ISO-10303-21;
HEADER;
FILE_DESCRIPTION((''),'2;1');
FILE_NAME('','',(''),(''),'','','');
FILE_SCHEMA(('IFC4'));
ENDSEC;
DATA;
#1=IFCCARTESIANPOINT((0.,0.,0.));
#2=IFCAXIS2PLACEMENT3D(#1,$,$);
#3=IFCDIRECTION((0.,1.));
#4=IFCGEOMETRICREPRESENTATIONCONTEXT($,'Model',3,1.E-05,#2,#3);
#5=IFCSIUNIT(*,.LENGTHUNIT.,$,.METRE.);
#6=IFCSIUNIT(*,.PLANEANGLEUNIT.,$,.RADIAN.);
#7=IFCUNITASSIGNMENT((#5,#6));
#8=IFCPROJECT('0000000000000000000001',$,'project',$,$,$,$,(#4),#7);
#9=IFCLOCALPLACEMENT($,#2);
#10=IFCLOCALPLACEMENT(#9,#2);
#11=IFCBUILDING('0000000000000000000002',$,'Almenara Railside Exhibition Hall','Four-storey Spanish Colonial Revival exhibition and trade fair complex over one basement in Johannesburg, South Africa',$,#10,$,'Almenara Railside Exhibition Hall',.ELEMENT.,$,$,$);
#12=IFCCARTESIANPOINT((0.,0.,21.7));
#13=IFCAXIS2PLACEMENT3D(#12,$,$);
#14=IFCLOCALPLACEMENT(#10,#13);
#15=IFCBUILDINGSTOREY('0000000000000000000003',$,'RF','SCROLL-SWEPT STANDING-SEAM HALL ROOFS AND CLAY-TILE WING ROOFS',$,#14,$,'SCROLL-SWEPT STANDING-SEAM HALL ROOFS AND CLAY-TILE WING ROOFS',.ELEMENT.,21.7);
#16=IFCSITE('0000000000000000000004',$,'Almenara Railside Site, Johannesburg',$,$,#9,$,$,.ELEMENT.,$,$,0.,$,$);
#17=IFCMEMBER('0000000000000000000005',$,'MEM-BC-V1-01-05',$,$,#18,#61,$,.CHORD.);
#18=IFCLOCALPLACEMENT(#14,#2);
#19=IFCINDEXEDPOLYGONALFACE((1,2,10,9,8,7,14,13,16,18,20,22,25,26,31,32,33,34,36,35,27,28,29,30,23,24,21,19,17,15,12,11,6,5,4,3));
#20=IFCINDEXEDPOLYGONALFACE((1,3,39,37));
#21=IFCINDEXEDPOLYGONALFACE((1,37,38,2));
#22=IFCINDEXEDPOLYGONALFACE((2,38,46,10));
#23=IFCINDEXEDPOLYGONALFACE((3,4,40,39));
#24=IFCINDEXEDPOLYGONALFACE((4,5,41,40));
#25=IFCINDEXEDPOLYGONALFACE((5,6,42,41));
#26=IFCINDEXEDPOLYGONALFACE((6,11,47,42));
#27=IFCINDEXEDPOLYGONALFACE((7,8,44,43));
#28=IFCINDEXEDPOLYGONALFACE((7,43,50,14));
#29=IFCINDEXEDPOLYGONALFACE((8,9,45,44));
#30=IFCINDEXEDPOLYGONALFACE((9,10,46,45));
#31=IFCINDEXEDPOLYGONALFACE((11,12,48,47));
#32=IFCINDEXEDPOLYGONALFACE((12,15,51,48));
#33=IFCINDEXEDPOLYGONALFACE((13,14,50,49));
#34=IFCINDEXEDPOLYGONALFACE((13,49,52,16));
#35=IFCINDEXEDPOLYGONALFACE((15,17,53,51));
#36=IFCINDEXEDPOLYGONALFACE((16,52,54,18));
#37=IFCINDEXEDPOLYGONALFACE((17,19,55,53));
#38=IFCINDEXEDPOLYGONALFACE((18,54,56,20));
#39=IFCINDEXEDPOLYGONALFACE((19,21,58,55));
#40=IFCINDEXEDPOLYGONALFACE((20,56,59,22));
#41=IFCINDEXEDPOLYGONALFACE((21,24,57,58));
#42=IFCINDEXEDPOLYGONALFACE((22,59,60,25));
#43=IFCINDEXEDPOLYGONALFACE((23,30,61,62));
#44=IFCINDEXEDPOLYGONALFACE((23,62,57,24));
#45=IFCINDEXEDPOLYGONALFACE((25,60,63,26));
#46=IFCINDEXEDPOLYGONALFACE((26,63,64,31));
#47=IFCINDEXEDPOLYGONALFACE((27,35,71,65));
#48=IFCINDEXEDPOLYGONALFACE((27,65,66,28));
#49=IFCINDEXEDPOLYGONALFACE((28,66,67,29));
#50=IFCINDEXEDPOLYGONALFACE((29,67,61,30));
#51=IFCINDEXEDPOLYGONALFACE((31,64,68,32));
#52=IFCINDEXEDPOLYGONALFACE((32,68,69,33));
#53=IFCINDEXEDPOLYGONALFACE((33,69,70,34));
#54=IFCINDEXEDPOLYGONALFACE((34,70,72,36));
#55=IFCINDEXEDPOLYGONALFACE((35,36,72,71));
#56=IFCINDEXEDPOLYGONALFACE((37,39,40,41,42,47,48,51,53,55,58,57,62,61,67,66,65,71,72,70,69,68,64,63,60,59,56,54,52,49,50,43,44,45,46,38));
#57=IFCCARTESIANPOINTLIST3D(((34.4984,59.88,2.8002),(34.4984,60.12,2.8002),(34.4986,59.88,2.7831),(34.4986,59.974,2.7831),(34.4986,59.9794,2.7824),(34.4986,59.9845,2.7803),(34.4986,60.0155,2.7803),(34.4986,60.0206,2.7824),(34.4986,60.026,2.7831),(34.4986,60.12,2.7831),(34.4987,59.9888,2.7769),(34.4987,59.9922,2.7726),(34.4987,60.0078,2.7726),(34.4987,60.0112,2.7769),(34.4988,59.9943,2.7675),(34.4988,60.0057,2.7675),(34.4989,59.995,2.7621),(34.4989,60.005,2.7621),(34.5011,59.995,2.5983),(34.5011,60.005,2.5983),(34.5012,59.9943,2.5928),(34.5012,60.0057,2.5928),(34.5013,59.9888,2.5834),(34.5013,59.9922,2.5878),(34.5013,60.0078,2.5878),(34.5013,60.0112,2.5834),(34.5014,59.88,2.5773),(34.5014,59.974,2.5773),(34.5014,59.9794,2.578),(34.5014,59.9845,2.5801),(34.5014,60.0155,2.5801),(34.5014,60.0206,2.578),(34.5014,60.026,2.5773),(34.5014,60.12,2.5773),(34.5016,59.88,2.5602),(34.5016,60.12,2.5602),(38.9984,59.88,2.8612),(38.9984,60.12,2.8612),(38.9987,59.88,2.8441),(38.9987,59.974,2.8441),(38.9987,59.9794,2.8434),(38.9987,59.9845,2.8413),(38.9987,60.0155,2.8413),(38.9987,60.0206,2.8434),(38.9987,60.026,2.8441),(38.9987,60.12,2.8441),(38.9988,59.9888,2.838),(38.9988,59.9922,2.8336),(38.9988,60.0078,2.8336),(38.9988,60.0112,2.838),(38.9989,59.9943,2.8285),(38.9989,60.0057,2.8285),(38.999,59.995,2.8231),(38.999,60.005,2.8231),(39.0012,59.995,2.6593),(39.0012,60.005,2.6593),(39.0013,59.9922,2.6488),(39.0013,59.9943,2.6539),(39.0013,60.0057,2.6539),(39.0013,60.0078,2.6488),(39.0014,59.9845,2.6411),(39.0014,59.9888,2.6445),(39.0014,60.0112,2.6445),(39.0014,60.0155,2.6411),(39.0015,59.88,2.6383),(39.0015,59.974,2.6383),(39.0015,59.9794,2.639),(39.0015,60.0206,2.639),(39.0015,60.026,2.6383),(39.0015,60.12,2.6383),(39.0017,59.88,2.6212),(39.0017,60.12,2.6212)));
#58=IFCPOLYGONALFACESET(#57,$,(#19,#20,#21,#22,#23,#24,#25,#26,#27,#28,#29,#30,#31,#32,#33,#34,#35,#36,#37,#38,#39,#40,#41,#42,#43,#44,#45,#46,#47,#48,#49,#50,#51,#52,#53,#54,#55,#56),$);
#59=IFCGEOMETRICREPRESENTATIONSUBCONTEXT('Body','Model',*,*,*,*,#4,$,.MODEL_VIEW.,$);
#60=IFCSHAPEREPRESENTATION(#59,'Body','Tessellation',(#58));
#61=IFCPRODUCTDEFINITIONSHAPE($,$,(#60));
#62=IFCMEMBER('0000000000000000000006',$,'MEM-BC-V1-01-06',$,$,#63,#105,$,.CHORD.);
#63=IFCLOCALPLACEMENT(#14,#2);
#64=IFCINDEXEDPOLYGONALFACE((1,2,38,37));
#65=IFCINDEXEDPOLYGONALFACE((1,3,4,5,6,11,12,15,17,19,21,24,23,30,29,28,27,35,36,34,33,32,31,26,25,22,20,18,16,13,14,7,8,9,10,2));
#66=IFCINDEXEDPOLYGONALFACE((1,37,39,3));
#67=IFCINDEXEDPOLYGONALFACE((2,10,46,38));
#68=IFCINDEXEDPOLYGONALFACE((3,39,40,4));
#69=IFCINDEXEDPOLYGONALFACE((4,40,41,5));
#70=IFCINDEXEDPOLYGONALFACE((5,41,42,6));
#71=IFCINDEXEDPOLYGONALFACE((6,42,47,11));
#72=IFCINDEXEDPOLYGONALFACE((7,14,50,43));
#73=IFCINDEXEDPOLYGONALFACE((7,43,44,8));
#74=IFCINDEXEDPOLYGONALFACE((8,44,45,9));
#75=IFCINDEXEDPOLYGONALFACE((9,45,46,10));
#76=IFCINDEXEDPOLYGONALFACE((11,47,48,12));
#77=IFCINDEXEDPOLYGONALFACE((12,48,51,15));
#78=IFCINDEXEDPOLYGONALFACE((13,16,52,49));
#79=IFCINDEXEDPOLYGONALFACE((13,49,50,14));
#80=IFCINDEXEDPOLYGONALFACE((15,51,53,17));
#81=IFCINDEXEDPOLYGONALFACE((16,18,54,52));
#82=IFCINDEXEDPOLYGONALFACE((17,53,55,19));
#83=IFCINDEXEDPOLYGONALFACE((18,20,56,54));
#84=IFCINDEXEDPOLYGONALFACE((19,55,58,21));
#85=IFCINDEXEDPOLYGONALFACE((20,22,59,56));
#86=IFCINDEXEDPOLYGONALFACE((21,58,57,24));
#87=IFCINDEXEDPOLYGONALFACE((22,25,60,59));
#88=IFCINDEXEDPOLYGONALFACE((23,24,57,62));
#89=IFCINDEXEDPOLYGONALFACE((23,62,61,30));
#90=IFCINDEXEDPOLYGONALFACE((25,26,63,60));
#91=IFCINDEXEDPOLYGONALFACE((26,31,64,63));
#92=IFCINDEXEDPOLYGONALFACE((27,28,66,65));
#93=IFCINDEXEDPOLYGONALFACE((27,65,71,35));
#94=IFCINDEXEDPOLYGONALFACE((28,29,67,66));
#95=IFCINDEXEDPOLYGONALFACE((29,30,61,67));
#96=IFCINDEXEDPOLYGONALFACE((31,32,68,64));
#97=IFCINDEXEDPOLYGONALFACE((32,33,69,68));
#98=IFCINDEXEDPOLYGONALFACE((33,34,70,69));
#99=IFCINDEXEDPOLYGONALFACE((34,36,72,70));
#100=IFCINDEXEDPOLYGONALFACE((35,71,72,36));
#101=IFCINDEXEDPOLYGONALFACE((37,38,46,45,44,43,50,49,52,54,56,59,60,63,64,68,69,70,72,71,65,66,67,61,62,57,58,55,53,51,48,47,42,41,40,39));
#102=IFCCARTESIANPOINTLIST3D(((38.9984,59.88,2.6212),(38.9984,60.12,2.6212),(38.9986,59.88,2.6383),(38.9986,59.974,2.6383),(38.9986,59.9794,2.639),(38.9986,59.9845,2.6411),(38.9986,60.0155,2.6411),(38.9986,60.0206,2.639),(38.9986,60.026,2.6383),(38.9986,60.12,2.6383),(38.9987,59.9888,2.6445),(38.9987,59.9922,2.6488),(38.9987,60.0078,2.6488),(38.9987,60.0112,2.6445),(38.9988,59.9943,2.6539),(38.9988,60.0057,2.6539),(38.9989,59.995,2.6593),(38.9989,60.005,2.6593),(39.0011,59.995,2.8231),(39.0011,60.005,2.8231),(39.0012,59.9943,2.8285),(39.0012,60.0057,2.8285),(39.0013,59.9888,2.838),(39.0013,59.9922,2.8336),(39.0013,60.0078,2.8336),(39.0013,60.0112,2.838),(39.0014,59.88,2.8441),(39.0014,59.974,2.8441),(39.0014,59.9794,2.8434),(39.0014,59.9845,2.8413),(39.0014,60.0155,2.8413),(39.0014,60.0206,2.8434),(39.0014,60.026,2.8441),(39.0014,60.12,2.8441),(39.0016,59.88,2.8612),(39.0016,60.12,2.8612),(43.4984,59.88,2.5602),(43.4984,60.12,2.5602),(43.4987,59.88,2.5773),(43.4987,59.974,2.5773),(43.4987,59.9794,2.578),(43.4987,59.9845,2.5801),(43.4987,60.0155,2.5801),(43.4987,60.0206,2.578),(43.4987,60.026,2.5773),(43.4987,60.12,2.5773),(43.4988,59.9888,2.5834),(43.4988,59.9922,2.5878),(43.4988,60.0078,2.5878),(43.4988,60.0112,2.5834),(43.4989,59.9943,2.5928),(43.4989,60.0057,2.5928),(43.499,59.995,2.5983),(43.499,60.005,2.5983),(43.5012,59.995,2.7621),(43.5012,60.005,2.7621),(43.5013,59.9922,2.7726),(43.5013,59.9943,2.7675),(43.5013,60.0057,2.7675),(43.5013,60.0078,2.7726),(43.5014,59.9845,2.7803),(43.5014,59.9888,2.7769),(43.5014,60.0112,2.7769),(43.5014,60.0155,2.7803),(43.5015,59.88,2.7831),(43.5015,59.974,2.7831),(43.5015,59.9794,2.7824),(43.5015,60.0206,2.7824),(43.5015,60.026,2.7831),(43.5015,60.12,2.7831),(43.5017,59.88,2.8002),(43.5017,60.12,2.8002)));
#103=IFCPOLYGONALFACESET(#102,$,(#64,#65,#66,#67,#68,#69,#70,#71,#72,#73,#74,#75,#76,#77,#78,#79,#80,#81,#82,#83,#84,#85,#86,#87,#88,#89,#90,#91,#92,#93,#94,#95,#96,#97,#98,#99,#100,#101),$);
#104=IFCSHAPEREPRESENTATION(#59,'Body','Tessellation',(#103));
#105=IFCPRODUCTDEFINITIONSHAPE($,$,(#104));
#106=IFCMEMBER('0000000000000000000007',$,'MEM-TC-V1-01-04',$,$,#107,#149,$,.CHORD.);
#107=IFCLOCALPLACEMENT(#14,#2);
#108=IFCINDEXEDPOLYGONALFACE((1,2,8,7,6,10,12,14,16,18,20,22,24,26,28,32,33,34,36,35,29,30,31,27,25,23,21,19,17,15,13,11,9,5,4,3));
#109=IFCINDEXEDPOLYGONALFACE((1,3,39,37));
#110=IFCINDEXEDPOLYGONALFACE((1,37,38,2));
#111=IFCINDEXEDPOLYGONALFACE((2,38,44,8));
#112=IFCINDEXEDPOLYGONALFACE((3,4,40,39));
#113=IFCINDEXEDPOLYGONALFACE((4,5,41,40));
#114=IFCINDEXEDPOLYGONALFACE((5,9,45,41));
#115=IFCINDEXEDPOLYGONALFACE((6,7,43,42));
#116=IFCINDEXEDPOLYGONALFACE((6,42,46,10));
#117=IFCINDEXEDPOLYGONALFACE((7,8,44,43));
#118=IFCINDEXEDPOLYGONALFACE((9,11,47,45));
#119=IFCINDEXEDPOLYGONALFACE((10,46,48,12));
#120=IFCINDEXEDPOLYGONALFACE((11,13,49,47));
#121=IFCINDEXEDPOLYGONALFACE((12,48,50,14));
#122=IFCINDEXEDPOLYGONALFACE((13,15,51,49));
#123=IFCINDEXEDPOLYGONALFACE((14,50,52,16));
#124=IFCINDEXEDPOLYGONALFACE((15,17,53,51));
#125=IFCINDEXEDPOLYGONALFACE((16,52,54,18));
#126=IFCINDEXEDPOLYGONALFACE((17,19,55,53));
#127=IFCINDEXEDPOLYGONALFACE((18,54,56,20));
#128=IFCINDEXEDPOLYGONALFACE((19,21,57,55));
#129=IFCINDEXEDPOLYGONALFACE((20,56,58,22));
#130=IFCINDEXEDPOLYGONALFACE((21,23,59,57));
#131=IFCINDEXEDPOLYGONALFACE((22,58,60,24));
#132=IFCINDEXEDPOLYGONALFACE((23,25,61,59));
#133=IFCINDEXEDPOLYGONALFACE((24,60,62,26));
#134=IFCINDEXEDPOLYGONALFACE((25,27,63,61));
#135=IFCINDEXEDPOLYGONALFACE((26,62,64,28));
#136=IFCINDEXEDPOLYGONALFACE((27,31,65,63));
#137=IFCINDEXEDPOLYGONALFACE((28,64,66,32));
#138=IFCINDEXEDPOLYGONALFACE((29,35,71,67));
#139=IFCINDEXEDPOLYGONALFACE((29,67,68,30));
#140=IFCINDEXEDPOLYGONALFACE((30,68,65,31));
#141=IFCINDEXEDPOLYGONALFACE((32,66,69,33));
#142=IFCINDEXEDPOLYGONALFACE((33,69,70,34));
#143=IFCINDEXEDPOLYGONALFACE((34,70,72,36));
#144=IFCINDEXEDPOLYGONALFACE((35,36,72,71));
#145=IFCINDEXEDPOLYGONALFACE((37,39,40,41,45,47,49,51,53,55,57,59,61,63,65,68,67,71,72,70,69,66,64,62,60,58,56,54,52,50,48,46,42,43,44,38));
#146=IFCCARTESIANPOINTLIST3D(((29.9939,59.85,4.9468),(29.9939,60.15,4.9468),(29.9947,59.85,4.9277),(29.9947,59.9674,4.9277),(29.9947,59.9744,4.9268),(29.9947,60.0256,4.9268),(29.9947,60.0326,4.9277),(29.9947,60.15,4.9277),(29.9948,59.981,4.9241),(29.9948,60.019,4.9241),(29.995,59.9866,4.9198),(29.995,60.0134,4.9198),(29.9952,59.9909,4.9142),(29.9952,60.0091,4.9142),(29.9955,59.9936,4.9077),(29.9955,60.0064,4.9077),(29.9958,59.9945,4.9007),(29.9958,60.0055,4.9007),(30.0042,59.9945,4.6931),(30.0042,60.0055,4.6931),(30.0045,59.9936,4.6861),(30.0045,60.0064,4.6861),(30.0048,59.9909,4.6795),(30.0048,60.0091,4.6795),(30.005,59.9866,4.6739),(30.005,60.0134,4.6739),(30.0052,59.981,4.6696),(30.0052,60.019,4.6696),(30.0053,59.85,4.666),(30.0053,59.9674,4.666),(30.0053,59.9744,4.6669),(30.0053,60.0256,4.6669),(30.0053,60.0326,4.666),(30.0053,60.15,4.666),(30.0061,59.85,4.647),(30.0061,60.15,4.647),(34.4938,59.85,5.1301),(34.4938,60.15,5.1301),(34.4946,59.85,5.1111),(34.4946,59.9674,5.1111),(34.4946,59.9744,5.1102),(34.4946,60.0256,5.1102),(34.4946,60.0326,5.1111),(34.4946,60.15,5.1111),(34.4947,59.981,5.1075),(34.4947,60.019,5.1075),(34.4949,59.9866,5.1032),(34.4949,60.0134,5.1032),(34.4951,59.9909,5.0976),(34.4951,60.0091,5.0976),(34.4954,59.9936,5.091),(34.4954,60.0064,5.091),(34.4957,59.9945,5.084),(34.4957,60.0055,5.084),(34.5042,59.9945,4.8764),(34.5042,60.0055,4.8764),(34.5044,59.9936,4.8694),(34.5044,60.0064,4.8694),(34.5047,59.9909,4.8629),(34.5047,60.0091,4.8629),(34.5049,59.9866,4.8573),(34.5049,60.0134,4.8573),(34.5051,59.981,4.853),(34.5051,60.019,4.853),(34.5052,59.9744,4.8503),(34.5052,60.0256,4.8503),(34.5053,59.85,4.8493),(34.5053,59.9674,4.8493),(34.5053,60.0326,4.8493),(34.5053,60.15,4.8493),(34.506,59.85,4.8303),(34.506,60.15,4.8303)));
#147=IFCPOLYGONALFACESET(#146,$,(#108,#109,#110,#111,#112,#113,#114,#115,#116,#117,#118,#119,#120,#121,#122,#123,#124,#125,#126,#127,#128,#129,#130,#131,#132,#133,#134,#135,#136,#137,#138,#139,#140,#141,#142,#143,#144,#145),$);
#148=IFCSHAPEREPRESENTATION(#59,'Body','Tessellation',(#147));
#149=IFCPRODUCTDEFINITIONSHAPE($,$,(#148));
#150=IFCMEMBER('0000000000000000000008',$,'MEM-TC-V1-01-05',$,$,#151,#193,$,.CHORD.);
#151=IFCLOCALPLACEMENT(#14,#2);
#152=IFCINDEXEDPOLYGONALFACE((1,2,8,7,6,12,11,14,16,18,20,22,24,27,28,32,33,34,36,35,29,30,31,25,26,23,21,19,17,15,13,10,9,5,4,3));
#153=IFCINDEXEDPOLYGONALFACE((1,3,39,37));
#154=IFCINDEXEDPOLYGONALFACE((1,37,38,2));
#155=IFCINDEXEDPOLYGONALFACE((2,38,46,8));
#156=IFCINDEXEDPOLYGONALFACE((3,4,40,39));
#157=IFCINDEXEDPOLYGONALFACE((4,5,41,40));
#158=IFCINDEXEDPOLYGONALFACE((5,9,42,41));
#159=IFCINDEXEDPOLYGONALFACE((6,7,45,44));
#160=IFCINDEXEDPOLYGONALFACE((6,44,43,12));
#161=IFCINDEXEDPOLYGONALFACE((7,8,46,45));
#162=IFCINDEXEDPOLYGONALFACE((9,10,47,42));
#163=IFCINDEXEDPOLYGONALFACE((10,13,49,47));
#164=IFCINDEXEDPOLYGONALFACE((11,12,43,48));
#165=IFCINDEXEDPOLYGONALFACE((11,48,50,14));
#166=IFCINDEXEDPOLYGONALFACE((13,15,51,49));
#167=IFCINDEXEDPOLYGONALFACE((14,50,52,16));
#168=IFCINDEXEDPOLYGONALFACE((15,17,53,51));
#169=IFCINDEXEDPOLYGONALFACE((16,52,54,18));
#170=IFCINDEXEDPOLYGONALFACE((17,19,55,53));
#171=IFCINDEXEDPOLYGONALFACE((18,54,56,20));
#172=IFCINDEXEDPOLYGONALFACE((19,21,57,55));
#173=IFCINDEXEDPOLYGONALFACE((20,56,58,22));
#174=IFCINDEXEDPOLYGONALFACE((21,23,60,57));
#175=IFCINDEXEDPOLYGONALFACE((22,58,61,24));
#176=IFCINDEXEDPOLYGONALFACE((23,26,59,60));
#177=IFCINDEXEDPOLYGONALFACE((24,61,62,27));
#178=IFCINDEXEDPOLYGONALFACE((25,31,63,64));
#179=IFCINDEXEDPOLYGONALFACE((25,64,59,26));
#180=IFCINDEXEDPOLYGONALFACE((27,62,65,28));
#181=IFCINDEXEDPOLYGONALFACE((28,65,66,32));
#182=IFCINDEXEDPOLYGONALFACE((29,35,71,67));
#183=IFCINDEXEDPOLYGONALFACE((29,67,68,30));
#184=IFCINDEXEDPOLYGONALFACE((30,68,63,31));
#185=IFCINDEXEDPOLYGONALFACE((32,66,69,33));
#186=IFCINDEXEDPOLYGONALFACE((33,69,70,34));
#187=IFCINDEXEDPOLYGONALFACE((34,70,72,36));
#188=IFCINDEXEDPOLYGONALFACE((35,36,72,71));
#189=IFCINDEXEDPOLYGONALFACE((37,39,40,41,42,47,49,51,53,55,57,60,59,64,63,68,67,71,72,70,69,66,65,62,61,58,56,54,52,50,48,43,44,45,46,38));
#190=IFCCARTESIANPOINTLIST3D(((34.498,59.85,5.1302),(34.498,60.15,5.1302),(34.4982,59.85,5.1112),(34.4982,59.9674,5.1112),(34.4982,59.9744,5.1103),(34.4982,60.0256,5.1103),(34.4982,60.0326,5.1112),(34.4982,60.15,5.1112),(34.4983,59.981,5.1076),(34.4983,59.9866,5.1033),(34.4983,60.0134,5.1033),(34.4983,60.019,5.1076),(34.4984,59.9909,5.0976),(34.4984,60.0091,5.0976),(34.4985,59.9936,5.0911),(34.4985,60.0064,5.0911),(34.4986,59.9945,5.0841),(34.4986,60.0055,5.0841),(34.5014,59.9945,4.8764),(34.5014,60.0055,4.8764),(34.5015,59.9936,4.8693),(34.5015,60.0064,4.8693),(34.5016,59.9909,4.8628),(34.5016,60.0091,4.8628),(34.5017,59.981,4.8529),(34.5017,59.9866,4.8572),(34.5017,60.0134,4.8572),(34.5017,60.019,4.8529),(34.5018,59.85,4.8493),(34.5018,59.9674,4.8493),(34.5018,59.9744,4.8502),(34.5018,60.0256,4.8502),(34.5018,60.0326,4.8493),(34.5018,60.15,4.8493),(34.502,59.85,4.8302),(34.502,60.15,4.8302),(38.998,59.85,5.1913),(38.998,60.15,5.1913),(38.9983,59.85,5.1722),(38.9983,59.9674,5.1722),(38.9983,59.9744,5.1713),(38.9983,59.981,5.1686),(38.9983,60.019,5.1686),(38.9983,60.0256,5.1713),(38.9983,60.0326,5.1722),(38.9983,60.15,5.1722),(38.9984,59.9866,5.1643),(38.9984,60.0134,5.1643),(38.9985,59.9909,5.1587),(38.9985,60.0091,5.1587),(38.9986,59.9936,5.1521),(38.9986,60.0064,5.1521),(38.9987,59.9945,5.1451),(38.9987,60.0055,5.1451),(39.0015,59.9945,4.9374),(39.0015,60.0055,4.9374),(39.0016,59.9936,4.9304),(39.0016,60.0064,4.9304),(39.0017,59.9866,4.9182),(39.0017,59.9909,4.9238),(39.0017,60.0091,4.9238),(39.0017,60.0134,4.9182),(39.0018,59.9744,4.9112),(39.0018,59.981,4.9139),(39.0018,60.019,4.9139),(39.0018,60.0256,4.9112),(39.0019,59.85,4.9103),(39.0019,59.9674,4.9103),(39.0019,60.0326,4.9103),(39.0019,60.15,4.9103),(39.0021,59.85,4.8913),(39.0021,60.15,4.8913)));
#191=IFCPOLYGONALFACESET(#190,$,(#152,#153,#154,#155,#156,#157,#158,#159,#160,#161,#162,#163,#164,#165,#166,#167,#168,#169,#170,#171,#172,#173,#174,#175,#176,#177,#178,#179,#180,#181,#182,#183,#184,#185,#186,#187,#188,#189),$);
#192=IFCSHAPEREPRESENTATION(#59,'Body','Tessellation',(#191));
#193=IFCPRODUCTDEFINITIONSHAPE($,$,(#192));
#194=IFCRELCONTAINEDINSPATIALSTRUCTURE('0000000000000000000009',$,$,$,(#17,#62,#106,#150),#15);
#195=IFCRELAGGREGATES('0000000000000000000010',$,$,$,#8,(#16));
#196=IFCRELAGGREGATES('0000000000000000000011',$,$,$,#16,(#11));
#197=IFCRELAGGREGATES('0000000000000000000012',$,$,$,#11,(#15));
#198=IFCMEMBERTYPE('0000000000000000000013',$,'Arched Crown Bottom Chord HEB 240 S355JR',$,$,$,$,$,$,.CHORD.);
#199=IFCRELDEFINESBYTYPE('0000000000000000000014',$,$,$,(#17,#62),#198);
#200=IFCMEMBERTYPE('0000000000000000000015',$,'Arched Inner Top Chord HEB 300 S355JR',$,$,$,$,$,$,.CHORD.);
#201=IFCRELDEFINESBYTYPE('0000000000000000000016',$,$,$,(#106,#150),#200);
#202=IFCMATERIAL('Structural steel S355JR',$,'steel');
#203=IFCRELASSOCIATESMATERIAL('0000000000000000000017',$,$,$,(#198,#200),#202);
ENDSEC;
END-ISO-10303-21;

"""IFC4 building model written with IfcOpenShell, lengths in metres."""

from ifc_helpers import new_model, si_unit, direction, frame, origin, origin_2d, place, context, subcontext, project, spatial, i_section, extrude, material, material_profile, profile_set, type_object, element, save


model = new_model("IFC4")

# Units and contexts
model_context = context("Model", 3, precision=1e-05, world=origin(), true_north=direction((0.0, 1.0)))
body_context = subcontext(model_context, "Body", "Model", "MODEL_VIEW")
ifc_project = project(units=[si_unit("LENGTHUNIT", "METRE"), si_unit("PLANEANGLEUNIT", "RADIAN")], contexts=[model_context])

# Site, building, storey
site_placement = place(None, origin())
site = spatial("IfcSite", under=ifc_project, at=site_placement, Name="Almenara Railside Site, Johannesburg", CompositionType="ELEMENT", RefElevation=0.0)
building_placement = place(site_placement, origin())
building = spatial("IfcBuilding", under=site, at=building_placement, Name="Almenara Railside Exhibition Hall", Description="Four-storey Spanish Colonial Revival exhibition and trade fair complex over one basement in Johannesburg, South Africa", LongName="Almenara Railside Exhibition Hall", CompositionType="ELEMENT")
storey_placement = place(building_placement, frame((0.0, 0.0, 21.7)))
storey = spatial("IfcBuildingStorey", under=building, at=storey_placement, Name="RF", Description="SCROLL-SWEPT STANDING-SEAM HALL ROOFS AND CLAY-TILE WING ROOFS", LongName="SCROLL-SWEPT STANDING-SEAM HALL ROOFS AND CLAY-TILE WING ROOFS", CompositionType="ELEMENT", Elevation=21.7)

# Members
ifc_material_1 = material(Name="Structural steel S355JR", Category="steel")
ifc_material_profile_1 = material_profile(ifc_material_1, i_section(OverallWidth=0.24, OverallDepth=0.24, WebThickness=0.01, FlangeThickness=0.0171, FilletRadius=0.021, at=origin_2d()), Name="HEB 240")
ifc_profile_set_1 = profile_set([ifc_material_profile_1], Name="Structural steel S355JR")
member_type_1 = type_object("IfcMemberType", Name="Arched Crown Bottom Chord HEB 240 S355JR", PredefinedType="CHORD", material=ifc_profile_set_1)
for number, where, z_axis, x_axis, name in (
    (1, (34.5, 60.0, 2.6802), (0.999908, 0.0, 0.013562), (0.0, 1.0, 0.0), "MEM-BC-V1-01-05"),
    (2, (39.0, 60.0, 2.7412), (0.999908, 0.0, -0.013562), (0.0, 1.0, 0.0), "MEM-BC-V1-01-06"),
):
    element("IfcMember", number, at=place(storey_placement, frame(where, z_axis=z_axis, x_axis=x_axis)), inside=storey, type_object=member_type_1, Name=name, PredefinedType="CHORD", context=body_context, shape_type="SweptSolid", body=[
        extrude(i_section(OverallWidth=0.24, OverallDepth=0.24, WebThickness=0.01, FlangeThickness=0.0171, FilletRadius=0.021, at=origin_2d()), origin(), (0.0, 0.0, 1.0), 4.5005),
    ])
ifc_material_profile_2 = material_profile(ifc_material_1, i_section(OverallWidth=0.3, OverallDepth=0.3, WebThickness=0.011, FlangeThickness=0.019, FilletRadius=0.0271, at=origin_2d()), Name="HEB 300")
ifc_profile_set_2 = profile_set([ifc_material_profile_2], Name="Structural steel S355JR")
member_type_2 = type_object("IfcMemberType", Name="Arched Inner Top Chord HEB 300 S355JR", PredefinedType="CHORD", material=ifc_profile_set_2)
member_1_placement = place(storey_placement, frame((30.0, 60.0, 4.7969), z_axis=(0.999171, 0.0, 0.040711), x_axis=(0.0, 1.0, 0.0)))
element("IfcMember", 3, at=member_1_placement, inside=storey, type_object=member_type_2, Name="MEM-TC-V1-01-04", PredefinedType="CHORD", context=body_context, shape_type="SweptSolid", body=[
    extrude(i_section(OverallWidth=0.3, OverallDepth=0.3, WebThickness=0.011, FlangeThickness=0.019, FilletRadius=0.0271, at=origin_2d()), origin(), (0.0, 0.0, 1.0), 4.5037),
])
for number, where, z_axis, x_axis, name in (
    (4, (34.5, 60.0, 4.9802), (0.999908, 0.0, 0.013562), (0.0, 1.0, 0.0), "MEM-TC-V1-01-05"),
):
    element("IfcMember", number, at=place(storey_placement, frame(where, z_axis=z_axis, x_axis=x_axis)), inside=storey, type_object=member_type_2, Name=name, PredefinedType="CHORD", context=body_context, shape_type="SweptSolid", body=[
        extrude(i_section(OverallWidth=0.3, OverallDepth=0.3, WebThickness=0.011, FlangeThickness=0.019, FilletRadius=0.0271, at=origin_2d()), origin(), (0.0, 0.0, 1.0), 4.5005),
    ])

save(model, "model.ifc")
